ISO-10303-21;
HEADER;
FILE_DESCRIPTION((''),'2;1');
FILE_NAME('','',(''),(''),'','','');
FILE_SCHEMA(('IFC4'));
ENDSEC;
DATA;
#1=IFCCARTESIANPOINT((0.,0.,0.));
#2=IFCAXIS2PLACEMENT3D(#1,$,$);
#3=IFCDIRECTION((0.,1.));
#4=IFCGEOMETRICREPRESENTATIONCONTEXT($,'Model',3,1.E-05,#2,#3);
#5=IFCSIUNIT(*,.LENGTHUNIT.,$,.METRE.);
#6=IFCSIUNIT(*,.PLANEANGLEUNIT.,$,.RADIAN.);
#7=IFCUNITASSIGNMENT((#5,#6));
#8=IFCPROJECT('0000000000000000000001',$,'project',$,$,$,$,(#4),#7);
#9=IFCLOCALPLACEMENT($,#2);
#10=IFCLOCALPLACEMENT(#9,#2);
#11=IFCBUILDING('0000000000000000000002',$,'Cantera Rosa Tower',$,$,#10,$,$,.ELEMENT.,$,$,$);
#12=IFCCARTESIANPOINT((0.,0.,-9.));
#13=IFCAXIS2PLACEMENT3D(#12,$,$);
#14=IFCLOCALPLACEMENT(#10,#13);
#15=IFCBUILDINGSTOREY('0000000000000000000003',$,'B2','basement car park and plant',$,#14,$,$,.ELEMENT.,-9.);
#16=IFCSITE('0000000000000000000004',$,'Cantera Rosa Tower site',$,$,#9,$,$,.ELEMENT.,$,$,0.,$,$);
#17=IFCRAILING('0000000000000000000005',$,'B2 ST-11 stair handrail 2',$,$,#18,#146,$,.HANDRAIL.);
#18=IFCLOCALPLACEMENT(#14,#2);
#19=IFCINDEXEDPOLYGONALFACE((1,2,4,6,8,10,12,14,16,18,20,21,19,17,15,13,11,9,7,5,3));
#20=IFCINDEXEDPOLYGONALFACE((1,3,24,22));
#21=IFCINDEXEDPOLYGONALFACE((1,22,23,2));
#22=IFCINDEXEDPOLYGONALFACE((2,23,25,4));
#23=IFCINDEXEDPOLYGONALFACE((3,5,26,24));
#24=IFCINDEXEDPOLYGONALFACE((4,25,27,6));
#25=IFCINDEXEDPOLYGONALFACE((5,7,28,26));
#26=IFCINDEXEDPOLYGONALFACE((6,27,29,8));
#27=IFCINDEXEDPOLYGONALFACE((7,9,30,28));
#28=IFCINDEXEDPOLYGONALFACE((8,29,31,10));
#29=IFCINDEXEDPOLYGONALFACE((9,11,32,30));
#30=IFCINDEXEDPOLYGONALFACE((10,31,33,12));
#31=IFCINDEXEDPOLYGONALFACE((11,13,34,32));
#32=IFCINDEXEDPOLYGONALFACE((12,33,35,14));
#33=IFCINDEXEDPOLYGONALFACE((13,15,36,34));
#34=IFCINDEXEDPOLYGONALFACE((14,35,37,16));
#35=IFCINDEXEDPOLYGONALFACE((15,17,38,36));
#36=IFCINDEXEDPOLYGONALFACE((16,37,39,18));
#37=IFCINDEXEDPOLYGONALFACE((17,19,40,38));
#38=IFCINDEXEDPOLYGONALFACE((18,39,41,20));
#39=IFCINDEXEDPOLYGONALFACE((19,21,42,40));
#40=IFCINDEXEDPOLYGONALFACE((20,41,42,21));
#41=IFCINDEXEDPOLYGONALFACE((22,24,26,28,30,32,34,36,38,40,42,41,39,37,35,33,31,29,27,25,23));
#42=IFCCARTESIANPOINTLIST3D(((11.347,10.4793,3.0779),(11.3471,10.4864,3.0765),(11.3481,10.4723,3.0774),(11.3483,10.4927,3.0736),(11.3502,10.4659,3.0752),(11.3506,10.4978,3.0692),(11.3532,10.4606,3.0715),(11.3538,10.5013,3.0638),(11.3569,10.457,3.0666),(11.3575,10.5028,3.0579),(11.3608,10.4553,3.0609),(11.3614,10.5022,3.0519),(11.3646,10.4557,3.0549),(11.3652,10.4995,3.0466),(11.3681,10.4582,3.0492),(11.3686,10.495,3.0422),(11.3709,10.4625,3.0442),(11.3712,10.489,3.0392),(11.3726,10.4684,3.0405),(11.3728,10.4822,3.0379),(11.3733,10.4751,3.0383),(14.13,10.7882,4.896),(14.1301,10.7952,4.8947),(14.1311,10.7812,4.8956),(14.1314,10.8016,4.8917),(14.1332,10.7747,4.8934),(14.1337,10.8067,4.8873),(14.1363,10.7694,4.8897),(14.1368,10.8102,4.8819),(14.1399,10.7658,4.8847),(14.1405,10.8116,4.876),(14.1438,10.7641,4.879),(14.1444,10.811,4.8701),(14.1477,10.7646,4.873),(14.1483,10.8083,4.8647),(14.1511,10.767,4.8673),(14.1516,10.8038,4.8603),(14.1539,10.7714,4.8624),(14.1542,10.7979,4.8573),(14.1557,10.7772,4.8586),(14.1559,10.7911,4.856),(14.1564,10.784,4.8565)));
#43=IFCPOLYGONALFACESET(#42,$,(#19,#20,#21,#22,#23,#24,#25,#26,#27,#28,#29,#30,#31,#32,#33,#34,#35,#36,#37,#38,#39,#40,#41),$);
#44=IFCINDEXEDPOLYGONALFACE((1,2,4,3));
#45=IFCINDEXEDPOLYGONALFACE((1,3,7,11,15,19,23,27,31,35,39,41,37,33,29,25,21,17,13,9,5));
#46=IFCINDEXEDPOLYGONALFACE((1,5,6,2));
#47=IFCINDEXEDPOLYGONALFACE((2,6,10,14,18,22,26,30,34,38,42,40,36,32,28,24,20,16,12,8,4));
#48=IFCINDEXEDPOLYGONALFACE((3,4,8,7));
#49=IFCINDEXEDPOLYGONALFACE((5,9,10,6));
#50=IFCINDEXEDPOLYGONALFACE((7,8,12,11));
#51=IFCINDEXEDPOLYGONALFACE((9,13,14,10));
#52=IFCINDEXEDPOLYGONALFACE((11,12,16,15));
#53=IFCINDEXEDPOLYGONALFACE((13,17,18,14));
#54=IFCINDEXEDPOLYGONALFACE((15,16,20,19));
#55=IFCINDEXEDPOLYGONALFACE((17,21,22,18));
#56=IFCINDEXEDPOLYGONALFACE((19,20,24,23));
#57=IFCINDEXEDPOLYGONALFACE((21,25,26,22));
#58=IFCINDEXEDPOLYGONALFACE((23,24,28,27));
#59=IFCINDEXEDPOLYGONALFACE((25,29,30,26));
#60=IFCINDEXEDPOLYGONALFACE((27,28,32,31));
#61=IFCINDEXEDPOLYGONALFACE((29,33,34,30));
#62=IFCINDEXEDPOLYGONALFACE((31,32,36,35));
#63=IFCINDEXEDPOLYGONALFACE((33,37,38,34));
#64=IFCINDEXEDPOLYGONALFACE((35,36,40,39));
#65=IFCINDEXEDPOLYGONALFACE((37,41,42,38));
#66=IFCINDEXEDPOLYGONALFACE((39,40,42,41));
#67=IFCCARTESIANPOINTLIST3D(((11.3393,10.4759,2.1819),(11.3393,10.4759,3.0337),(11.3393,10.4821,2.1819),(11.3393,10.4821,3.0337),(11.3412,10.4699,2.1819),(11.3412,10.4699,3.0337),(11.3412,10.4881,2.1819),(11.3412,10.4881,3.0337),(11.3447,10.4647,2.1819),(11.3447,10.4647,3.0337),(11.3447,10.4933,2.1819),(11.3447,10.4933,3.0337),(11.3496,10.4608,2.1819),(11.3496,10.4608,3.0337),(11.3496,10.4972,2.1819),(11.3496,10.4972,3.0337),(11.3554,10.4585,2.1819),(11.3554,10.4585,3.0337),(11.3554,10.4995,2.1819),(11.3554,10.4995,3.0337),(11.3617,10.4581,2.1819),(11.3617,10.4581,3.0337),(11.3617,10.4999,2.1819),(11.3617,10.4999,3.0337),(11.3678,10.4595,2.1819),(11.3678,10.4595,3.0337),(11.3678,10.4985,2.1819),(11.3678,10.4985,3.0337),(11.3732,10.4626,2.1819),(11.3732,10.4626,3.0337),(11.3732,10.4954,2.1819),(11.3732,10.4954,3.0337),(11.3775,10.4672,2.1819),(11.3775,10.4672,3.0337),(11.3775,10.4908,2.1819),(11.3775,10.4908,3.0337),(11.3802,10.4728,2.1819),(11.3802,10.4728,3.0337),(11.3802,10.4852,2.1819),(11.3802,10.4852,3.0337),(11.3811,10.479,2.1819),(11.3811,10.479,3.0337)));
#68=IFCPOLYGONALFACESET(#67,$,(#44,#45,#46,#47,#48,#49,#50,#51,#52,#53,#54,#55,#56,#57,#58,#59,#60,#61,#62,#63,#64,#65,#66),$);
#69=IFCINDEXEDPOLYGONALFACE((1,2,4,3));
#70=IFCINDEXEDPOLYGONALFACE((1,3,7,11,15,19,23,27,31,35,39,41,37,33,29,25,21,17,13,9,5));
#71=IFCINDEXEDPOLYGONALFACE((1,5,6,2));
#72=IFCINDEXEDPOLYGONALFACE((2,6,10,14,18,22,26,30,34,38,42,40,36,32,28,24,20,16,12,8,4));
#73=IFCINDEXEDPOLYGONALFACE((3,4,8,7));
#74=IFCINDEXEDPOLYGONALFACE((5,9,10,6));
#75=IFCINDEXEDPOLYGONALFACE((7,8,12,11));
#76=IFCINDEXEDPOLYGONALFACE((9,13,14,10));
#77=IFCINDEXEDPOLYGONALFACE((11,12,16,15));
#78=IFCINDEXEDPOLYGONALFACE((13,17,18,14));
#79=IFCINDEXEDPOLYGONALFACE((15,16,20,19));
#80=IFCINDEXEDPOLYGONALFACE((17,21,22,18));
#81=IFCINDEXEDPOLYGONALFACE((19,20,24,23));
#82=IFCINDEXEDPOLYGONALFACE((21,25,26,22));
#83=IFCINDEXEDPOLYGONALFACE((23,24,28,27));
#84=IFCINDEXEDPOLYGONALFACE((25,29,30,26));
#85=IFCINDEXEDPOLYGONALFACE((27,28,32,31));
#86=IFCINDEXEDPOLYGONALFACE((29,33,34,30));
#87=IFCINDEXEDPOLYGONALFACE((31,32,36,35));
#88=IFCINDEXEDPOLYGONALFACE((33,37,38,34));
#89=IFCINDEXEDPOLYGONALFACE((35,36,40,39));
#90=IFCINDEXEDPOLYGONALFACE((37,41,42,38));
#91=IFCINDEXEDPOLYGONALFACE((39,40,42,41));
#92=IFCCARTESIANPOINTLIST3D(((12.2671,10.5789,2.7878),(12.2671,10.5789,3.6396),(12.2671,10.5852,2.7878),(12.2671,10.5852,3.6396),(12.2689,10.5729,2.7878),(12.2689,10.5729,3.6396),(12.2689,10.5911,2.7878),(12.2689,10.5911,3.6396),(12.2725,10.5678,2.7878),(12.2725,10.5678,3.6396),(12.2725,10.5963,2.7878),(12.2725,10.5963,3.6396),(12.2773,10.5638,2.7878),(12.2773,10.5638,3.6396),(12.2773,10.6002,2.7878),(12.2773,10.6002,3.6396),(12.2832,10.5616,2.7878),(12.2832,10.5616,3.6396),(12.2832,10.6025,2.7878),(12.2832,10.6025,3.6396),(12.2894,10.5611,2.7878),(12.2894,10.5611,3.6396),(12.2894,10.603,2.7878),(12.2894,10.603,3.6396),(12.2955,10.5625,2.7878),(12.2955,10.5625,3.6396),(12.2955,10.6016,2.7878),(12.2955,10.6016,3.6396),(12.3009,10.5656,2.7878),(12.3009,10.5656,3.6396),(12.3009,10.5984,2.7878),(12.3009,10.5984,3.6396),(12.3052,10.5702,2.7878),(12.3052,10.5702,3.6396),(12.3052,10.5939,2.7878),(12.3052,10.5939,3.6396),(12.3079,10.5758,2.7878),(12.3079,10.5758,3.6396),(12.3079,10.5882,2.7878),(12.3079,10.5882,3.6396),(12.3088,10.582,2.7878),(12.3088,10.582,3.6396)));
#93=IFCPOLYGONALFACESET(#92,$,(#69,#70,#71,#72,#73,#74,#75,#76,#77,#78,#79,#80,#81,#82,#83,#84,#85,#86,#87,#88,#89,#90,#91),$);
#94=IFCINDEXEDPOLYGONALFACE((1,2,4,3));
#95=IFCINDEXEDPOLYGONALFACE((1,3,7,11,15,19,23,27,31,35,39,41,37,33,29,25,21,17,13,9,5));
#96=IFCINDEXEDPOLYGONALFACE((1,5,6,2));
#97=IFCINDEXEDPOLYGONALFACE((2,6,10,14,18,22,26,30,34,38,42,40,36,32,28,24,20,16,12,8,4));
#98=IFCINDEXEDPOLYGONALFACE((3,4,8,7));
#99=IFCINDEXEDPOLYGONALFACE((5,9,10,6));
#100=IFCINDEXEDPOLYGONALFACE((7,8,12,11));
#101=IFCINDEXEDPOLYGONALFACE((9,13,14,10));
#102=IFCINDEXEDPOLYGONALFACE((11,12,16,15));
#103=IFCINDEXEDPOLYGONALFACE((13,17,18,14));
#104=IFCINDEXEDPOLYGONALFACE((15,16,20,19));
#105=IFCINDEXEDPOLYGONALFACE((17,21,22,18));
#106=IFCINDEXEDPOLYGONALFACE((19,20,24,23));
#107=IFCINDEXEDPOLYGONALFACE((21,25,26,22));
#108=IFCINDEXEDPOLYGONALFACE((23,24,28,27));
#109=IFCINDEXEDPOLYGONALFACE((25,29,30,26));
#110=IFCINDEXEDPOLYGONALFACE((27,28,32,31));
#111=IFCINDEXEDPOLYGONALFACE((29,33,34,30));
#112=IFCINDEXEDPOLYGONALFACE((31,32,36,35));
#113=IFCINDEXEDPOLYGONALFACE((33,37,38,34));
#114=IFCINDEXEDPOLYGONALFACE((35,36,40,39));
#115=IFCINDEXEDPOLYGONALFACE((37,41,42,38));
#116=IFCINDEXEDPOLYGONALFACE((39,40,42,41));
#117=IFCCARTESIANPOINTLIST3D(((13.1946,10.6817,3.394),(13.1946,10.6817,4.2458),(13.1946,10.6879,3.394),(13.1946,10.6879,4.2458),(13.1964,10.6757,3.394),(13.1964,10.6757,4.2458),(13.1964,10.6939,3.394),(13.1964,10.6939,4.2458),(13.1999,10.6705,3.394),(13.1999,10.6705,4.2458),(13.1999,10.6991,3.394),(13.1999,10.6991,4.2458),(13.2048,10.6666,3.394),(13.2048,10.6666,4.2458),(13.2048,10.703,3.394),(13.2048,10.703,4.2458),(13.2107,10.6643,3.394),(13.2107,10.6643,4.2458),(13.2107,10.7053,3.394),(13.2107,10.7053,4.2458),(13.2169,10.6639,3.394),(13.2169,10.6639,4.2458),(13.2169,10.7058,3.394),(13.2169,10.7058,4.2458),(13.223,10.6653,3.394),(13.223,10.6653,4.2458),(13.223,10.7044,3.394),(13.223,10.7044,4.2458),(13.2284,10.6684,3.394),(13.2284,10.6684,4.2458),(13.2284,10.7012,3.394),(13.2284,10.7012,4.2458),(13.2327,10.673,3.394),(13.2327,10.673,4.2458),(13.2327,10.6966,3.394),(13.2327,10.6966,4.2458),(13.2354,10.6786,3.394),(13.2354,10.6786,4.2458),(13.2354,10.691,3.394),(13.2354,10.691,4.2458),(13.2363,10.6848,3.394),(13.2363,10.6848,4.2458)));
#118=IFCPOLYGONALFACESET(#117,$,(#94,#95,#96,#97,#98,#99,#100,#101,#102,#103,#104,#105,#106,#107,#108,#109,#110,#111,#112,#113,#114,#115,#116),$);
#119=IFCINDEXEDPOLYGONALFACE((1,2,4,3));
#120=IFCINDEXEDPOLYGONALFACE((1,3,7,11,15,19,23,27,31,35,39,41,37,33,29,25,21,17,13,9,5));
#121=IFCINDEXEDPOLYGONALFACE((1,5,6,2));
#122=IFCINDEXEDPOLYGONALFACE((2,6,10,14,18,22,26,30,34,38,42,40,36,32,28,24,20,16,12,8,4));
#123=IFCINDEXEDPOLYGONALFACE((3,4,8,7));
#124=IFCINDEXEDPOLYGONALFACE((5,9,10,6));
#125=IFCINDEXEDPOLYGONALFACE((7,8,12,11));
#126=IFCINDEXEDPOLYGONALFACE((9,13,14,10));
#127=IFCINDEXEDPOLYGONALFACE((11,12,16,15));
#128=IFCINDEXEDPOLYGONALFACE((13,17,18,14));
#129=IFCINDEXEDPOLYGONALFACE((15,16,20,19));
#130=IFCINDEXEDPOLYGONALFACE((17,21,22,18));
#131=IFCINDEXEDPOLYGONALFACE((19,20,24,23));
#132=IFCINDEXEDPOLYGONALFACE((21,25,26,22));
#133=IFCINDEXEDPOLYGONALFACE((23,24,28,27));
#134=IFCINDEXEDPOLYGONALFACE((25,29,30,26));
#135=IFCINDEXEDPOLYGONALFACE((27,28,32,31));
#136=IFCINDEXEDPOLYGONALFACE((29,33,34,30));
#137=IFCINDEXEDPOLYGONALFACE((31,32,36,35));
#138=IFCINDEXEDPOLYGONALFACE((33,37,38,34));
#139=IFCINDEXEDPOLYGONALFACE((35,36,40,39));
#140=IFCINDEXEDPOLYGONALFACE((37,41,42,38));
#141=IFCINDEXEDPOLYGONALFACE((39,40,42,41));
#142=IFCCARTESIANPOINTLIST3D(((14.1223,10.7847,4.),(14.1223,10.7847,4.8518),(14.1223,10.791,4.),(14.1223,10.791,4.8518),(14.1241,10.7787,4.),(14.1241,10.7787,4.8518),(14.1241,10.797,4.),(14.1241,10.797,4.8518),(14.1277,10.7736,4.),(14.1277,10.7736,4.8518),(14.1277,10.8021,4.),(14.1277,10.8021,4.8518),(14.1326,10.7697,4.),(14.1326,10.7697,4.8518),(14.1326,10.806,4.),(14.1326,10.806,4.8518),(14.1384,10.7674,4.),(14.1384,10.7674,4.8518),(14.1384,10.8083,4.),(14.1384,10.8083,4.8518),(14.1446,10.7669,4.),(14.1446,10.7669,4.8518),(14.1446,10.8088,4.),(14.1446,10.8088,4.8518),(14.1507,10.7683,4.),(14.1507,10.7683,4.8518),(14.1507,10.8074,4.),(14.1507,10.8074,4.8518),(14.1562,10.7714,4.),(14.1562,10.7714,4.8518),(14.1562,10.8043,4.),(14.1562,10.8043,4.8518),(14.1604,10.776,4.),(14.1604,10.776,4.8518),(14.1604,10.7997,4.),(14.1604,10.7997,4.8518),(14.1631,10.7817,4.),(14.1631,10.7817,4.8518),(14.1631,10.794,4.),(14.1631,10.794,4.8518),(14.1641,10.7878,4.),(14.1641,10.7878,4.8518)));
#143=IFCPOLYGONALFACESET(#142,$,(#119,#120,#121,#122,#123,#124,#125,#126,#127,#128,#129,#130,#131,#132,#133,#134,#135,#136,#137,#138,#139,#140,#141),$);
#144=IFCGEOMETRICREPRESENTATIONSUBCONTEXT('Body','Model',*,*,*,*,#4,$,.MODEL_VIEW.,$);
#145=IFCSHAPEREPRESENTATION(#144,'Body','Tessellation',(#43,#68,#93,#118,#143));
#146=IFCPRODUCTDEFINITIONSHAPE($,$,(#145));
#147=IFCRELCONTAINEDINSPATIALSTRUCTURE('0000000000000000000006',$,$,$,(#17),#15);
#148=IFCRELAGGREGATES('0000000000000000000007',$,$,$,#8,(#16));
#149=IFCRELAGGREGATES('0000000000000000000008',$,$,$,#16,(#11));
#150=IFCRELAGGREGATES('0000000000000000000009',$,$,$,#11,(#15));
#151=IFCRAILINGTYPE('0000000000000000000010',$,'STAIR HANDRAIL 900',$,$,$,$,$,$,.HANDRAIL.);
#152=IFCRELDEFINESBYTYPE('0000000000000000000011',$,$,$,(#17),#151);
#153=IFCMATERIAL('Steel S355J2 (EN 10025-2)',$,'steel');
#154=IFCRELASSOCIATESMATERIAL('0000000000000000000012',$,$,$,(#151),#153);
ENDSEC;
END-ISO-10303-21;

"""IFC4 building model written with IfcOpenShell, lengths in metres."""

from ifc_helpers import new_model, si_unit, direction, frame, origin, origin_2d, place, context, subcontext, project, spatial, circle, extrude, material, type_object, element, save


model = new_model("IFC4")

# Units and contexts
model_context = context("Model", 3, precision=1e-05, world=origin(), true_north=direction((0.0, 1.0)))
body_context = subcontext(model_context, "Body", "Model", "MODEL_VIEW")
ifc_project = project(units=[si_unit("LENGTHUNIT", "METRE"), si_unit("PLANEANGLEUNIT", "RADIAN")], contexts=[model_context])

# Site, building, storey
site_placement = place(None, origin())
site = spatial("IfcSite", under=ifc_project, at=site_placement, Name="Cantera Rosa Tower site", CompositionType="ELEMENT", RefElevation=0.0)
building_placement = place(site_placement, origin())
building = spatial("IfcBuilding", under=site, at=building_placement, Name="Cantera Rosa Tower", CompositionType="ELEMENT")
storey_placement = place(building_placement, frame((0.0, 0.0, -9.0)))
storey = spatial("IfcBuildingStorey", under=building, at=storey_placement, Name="B2", Description="basement car park and plant", CompositionType="ELEMENT", Elevation=-9.0)

# Railing
ifc_material_1 = material(Name="Steel S355J2 (EN 10025-2)", Category="steel")
railing_type_1 = type_object("IfcRailingType", Name="STAIR HANDRAIL 900", PredefinedType="HANDRAIL", material=ifc_material_1)
railing_1_placement = place(storey_placement, frame((11.3601, 10.479, 2.1819)))
element("IfcRailing", 1, at=railing_1_placement, inside=storey, type_object=railing_type_1, Name="B2 ST-11 stair handrail 2", PredefinedType="HANDRAIL", context=body_context, shape_type="SweptSolid", body=[
    extrude(circle(Radius=0.0239, at=origin_2d()), frame((0.0, 0.0, 0.876), z_axis=(0.833588, 0.092507, 0.544586), x_axis=(-0.110298, 0.993899, 0.0)), (0.0, 0.0, 1.0), 3.3386),
    extrude(circle(Radius=0.021, at=origin_2d()), origin(), (0.0, 0.0, 1.0), 0.8518),
    extrude(circle(Radius=0.021, at=origin_2d()), frame((0.9277, 0.103, 0.606)), (0.0, 0.0, 1.0), 0.8518),
    extrude(circle(Radius=0.021, at=origin_2d()), frame((1.8552, 0.2058, 1.2122)), (0.0, 0.0, 1.0), 0.8518),
    extrude(circle(Radius=0.021, at=origin_2d()), frame((2.783, 0.3088, 1.8181)), (0.0, 0.0, 1.0), 0.8518),
])

save(model, "model.ifc")
